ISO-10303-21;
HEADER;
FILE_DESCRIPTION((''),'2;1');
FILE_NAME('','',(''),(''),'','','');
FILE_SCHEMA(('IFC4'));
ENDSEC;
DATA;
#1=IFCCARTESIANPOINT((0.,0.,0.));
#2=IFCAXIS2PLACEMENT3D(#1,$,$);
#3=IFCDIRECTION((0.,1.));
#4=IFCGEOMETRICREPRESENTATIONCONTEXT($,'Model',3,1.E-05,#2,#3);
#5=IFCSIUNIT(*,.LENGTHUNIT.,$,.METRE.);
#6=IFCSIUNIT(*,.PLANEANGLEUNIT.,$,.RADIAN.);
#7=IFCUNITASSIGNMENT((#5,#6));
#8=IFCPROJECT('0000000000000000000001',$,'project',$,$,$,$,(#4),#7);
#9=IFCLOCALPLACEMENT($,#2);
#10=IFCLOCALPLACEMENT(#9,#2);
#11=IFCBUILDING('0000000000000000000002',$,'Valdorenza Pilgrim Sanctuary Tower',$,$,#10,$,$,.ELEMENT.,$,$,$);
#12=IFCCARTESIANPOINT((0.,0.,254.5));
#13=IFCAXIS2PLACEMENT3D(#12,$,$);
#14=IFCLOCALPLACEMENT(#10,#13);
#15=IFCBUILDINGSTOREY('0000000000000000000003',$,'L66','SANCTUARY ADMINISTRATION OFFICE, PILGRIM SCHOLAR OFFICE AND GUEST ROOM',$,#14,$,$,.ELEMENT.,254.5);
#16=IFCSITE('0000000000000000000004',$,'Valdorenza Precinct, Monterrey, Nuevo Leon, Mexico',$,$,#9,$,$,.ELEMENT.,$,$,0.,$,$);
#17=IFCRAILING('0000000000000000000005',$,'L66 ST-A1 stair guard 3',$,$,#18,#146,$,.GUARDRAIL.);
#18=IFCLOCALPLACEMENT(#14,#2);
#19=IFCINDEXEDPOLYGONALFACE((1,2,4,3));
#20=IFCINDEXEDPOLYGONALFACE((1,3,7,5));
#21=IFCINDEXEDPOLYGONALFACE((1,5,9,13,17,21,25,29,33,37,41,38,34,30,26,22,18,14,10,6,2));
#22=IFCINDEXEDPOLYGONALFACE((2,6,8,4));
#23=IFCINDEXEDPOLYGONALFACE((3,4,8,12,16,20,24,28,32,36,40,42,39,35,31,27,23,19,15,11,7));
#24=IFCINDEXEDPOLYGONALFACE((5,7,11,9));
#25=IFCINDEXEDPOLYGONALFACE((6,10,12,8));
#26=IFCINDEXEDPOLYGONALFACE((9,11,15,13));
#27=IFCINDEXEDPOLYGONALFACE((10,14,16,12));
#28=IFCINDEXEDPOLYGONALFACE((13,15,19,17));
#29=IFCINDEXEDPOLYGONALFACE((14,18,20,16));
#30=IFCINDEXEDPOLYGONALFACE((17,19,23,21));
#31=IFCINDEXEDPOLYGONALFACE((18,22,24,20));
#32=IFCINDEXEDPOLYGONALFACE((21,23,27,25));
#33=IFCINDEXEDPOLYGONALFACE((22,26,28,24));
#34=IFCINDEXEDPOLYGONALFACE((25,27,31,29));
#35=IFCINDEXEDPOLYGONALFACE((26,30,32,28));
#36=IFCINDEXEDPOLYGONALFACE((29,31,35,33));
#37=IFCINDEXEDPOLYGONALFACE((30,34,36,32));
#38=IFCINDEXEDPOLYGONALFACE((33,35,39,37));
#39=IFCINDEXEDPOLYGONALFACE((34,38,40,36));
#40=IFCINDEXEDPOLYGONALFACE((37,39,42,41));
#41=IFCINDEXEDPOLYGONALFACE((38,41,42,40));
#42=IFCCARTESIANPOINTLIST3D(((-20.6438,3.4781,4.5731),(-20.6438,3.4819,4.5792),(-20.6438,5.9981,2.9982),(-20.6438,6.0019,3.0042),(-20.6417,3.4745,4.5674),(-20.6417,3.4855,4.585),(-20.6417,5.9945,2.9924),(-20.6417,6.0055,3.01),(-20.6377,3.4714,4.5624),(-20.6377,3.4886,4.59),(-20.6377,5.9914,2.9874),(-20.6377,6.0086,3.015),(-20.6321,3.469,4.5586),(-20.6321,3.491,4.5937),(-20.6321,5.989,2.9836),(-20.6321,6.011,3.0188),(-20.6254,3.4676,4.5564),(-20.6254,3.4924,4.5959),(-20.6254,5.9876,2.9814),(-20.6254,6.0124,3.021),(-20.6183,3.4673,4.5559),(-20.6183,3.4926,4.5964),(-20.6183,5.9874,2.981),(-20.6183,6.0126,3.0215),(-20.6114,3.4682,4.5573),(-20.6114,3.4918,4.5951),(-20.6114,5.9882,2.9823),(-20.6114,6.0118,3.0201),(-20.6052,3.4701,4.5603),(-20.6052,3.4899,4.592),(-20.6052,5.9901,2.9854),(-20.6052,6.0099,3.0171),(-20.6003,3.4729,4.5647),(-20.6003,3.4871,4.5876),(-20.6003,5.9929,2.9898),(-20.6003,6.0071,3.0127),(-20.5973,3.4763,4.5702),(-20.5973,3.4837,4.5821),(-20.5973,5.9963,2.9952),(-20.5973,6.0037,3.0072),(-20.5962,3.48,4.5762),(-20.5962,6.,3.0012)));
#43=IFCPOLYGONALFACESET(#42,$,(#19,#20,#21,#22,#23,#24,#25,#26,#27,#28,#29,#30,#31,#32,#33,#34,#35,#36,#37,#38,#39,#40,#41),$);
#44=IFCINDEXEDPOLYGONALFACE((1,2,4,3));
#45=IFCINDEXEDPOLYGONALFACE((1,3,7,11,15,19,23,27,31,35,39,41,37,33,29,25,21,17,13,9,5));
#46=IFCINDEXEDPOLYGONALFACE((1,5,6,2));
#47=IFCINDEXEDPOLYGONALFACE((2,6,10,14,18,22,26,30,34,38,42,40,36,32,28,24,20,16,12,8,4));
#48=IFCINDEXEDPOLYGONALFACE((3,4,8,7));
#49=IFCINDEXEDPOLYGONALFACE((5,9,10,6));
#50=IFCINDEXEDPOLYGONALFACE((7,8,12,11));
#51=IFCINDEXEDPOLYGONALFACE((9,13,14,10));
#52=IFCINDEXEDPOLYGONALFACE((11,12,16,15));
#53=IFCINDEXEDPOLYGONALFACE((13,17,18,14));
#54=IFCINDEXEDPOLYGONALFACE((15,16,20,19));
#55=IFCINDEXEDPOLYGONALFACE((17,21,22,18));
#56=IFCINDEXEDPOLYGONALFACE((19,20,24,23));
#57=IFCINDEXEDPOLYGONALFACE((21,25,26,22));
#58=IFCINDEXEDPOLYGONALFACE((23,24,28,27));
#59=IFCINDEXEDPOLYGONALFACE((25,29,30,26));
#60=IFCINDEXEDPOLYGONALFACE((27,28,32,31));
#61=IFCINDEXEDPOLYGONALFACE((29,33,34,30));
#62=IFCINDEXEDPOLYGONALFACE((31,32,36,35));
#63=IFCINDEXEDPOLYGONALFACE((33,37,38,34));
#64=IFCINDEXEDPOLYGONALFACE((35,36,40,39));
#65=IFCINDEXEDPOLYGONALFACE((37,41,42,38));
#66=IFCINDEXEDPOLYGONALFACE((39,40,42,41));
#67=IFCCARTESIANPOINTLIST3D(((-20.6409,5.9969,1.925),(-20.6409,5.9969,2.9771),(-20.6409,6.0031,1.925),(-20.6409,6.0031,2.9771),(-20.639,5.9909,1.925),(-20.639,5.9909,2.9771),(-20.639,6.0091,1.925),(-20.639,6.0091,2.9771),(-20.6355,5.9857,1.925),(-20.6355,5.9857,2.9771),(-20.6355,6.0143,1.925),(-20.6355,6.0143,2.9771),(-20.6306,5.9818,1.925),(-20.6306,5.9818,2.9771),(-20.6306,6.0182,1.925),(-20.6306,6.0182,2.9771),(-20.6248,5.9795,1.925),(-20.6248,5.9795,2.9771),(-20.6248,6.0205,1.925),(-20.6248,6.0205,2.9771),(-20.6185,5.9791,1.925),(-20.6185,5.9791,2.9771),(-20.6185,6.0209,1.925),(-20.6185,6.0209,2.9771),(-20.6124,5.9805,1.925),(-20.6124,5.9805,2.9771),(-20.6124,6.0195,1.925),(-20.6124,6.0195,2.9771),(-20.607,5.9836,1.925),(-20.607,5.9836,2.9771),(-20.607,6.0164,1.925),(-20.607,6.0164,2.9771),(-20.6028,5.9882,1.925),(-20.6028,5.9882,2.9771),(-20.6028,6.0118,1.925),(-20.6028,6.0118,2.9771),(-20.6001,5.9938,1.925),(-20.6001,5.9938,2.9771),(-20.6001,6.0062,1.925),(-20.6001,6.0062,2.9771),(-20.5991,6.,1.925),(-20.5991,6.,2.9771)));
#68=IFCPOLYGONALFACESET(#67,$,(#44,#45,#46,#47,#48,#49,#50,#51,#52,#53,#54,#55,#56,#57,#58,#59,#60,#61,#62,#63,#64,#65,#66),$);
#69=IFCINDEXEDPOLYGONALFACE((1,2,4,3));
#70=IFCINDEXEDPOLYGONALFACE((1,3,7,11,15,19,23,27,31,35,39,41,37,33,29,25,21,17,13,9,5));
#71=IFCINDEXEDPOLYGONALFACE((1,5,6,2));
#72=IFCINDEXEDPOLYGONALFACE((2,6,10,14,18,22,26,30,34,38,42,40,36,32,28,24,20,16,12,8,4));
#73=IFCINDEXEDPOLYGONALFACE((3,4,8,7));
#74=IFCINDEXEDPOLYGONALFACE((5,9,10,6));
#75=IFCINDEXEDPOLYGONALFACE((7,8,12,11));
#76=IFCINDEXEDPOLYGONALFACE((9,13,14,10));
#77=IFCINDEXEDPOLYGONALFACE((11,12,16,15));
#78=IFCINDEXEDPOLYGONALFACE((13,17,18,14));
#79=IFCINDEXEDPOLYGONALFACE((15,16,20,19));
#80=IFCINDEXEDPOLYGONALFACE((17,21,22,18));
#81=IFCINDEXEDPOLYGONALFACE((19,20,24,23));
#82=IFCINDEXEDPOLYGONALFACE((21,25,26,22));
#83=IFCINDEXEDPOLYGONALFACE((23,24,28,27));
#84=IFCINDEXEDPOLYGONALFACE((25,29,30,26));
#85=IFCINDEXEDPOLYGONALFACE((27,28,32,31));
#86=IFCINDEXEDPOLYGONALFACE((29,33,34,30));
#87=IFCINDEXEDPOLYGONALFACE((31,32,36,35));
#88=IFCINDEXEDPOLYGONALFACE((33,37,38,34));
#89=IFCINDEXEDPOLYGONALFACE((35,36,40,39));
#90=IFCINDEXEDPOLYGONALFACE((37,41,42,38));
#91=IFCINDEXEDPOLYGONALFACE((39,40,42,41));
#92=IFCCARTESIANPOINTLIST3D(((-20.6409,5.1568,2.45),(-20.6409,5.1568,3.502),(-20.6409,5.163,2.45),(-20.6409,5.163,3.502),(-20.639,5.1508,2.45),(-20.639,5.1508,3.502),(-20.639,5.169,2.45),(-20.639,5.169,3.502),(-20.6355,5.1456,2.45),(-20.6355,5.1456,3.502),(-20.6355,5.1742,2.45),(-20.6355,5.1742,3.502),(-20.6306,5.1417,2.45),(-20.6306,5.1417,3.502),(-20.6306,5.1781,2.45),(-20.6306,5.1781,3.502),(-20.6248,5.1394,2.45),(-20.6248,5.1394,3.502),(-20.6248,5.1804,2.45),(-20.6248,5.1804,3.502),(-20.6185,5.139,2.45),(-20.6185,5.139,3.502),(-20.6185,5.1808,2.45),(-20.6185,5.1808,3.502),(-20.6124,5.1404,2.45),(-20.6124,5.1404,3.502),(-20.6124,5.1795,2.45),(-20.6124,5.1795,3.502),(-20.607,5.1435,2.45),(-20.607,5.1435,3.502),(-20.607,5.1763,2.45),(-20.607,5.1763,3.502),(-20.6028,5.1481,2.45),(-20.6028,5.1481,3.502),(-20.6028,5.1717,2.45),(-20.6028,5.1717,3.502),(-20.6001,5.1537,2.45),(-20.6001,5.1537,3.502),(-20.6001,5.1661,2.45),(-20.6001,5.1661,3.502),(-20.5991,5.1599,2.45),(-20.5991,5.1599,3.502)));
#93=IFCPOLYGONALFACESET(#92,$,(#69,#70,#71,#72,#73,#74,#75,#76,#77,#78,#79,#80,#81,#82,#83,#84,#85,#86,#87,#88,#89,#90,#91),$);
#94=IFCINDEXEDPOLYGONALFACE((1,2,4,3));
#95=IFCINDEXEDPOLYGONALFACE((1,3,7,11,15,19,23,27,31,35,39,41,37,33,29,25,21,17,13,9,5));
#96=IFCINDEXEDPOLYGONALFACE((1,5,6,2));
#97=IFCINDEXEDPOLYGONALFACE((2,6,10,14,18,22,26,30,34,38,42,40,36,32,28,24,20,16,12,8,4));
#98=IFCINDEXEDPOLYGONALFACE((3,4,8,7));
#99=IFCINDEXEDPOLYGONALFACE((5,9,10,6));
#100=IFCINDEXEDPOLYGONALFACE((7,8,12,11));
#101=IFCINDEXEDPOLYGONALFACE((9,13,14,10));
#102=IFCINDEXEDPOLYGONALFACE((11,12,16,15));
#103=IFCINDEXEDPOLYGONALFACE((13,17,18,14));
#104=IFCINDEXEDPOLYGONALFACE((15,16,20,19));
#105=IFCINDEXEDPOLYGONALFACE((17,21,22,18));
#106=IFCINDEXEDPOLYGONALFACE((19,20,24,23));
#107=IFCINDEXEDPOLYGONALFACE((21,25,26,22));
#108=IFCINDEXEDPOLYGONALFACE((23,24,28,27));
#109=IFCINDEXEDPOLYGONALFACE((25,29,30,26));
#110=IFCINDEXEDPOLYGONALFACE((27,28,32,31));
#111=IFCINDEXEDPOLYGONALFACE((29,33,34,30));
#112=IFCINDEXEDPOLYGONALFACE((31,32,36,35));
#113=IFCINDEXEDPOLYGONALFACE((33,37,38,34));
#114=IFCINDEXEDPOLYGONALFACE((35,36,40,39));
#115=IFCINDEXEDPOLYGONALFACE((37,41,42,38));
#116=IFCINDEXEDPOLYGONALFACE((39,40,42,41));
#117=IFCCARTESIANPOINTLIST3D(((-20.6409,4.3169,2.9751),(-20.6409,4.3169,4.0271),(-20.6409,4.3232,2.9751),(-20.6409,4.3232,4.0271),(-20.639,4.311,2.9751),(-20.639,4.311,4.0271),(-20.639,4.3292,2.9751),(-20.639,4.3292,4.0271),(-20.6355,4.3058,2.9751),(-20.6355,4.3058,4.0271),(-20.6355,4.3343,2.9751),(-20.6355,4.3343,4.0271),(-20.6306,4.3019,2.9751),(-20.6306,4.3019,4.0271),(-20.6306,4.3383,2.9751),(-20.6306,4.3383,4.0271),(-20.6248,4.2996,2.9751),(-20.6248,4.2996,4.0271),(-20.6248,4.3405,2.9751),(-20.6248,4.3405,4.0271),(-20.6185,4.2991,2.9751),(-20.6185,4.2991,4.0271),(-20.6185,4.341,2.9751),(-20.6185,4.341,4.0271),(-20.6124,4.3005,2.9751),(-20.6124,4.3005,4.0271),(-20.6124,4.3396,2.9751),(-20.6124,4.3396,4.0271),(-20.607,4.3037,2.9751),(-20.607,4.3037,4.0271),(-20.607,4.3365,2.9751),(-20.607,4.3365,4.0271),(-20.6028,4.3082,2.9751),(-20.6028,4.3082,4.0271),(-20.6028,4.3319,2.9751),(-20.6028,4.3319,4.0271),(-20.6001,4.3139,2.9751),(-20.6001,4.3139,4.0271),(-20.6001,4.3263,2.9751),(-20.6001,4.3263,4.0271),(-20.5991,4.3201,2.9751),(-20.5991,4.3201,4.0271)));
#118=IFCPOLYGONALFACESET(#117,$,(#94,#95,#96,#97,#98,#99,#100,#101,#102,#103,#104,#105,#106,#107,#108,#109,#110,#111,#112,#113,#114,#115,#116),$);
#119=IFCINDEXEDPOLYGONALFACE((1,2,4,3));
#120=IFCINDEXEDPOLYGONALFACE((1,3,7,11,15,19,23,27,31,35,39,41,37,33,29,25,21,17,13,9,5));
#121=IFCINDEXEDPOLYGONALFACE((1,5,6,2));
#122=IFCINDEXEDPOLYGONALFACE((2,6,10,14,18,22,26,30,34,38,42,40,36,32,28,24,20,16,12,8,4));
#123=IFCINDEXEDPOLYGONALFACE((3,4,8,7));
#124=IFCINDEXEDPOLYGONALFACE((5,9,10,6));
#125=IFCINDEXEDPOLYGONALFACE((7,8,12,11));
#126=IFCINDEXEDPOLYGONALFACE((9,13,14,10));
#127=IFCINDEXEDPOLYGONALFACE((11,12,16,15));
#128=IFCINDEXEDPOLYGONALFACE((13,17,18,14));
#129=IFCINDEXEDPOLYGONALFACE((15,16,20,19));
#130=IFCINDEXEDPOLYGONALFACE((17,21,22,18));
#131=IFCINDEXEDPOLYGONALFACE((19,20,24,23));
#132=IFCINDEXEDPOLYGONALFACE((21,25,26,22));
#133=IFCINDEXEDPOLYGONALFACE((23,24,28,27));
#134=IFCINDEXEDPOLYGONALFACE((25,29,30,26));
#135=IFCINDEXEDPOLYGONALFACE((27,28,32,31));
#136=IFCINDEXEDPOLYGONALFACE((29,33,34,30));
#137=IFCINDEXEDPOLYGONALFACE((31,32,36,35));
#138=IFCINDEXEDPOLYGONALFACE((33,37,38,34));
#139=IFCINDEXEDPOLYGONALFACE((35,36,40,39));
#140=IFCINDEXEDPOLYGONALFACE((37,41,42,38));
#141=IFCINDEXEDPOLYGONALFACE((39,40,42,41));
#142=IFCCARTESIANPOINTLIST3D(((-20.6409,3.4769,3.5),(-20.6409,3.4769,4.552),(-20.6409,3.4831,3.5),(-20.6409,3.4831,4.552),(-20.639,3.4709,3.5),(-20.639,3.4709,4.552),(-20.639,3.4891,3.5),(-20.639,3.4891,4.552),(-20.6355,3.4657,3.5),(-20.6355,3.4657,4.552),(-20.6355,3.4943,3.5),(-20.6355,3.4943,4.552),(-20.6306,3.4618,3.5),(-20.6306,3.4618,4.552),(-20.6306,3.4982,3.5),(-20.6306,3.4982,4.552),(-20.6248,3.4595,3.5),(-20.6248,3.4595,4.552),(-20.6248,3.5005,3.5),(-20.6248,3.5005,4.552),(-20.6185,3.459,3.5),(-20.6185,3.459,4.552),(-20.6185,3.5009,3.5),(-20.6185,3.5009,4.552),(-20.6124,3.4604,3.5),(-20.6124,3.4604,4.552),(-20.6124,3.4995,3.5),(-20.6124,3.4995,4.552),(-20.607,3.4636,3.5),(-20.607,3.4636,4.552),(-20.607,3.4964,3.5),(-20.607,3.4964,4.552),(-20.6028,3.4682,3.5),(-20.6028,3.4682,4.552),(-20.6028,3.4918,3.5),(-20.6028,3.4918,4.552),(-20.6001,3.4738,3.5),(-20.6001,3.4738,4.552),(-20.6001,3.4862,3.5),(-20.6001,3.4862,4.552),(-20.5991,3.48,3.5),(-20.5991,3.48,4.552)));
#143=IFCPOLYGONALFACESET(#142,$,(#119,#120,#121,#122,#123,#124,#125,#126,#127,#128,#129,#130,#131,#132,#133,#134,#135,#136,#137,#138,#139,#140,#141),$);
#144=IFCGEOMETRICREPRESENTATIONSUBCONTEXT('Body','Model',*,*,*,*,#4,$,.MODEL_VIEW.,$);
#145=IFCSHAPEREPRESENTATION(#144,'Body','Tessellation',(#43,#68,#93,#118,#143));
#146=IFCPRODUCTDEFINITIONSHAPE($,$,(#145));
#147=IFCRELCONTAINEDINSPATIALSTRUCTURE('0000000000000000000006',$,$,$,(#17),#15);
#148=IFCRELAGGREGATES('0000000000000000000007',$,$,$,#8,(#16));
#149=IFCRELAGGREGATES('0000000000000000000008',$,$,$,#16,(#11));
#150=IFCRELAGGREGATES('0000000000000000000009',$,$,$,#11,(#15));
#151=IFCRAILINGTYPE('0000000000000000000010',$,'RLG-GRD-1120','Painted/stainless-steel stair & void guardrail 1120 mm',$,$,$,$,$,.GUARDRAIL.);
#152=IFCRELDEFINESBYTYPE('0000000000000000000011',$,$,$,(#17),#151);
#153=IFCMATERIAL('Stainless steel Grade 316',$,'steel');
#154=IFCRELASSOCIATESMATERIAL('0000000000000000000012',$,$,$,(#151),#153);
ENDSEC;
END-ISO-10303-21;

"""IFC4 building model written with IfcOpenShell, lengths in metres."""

from ifc_helpers import new_model, si_unit, direction, frame, origin, origin_2d, place, context, subcontext, project, spatial, circle, extrude, material, type_object, element, save


model = new_model("IFC4")

# Units and contexts
model_context = context("Model", 3, precision=1e-05, world=origin(), true_north=direction((0.0, 1.0)))
body_context = subcontext(model_context, "Body", "Model", "MODEL_VIEW")
ifc_project = project(units=[si_unit("LENGTHUNIT", "METRE"), si_unit("PLANEANGLEUNIT", "RADIAN")], contexts=[model_context])

# Site, building, storey
site_placement = place(None, origin())
site = spatial("IfcSite", under=ifc_project, at=site_placement, Name="Valdorenza Precinct, Monterrey, Nuevo Leon, Mexico", CompositionType="ELEMENT", RefElevation=0.0)
building_placement = place(site_placement, origin())
building = spatial("IfcBuilding", under=site, at=building_placement, Name="Valdorenza Pilgrim Sanctuary Tower", CompositionType="ELEMENT")
storey_placement = place(building_placement, frame((0.0, 0.0, 254.5)))
storey = spatial("IfcBuildingStorey", under=building, at=storey_placement, Name="L66", Description="SANCTUARY ADMINISTRATION OFFICE, PILGRIM SCHOLAR OFFICE AND GUEST ROOM", CompositionType="ELEMENT", Elevation=254.5)

# Railing
ifc_material_1 = material(Name="Stainless steel Grade 316", Category="steel")
railing_type_1 = type_object("IfcRailingType", Name="RLG-GRD-1120", Description="Painted/stainless-steel stair & void guardrail 1120 mm", PredefinedType="GUARDRAIL", material=ifc_material_1)
railing_1_placement = place(storey_placement, frame((-20.6201, 6.0, 1.925)))
element("IfcRailing", 1, at=railing_1_placement, inside=storey, type_object=railing_type_1, Name="L66 ST-A1 stair guard 3", PredefinedType="GUARDRAIL", context=body_context, shape_type="SweptSolid", body=[
    extrude(circle(Radius=0.0239, at=origin_2d()), frame((0.0, 0.0, 1.0762), z_axis=(0.0, -0.848008, 0.529984), x_axis=(1.0, 0.0, 0.0)), (0.0, 0.0, 1.0), 2.9717),
    extrude(circle(Radius=0.021, at=origin_2d()), origin(), (0.0, 0.0, 1.0), 1.052),
    extrude(circle(Radius=0.021, at=origin_2d()), frame((0.0, -0.8401, 0.5249)), (0.0, 0.0, 1.0), 1.052),
    extrude(circle(Radius=0.021, at=origin_2d()), frame((0.0, -1.6799, 1.05)), (0.0, 0.0, 1.0), 1.052),
    extrude(circle(Radius=0.021, at=origin_2d()), frame((0.0, -2.52, 1.575)), (0.0, 0.0, 1.0), 1.052),
])

save(model, "model.ifc")
